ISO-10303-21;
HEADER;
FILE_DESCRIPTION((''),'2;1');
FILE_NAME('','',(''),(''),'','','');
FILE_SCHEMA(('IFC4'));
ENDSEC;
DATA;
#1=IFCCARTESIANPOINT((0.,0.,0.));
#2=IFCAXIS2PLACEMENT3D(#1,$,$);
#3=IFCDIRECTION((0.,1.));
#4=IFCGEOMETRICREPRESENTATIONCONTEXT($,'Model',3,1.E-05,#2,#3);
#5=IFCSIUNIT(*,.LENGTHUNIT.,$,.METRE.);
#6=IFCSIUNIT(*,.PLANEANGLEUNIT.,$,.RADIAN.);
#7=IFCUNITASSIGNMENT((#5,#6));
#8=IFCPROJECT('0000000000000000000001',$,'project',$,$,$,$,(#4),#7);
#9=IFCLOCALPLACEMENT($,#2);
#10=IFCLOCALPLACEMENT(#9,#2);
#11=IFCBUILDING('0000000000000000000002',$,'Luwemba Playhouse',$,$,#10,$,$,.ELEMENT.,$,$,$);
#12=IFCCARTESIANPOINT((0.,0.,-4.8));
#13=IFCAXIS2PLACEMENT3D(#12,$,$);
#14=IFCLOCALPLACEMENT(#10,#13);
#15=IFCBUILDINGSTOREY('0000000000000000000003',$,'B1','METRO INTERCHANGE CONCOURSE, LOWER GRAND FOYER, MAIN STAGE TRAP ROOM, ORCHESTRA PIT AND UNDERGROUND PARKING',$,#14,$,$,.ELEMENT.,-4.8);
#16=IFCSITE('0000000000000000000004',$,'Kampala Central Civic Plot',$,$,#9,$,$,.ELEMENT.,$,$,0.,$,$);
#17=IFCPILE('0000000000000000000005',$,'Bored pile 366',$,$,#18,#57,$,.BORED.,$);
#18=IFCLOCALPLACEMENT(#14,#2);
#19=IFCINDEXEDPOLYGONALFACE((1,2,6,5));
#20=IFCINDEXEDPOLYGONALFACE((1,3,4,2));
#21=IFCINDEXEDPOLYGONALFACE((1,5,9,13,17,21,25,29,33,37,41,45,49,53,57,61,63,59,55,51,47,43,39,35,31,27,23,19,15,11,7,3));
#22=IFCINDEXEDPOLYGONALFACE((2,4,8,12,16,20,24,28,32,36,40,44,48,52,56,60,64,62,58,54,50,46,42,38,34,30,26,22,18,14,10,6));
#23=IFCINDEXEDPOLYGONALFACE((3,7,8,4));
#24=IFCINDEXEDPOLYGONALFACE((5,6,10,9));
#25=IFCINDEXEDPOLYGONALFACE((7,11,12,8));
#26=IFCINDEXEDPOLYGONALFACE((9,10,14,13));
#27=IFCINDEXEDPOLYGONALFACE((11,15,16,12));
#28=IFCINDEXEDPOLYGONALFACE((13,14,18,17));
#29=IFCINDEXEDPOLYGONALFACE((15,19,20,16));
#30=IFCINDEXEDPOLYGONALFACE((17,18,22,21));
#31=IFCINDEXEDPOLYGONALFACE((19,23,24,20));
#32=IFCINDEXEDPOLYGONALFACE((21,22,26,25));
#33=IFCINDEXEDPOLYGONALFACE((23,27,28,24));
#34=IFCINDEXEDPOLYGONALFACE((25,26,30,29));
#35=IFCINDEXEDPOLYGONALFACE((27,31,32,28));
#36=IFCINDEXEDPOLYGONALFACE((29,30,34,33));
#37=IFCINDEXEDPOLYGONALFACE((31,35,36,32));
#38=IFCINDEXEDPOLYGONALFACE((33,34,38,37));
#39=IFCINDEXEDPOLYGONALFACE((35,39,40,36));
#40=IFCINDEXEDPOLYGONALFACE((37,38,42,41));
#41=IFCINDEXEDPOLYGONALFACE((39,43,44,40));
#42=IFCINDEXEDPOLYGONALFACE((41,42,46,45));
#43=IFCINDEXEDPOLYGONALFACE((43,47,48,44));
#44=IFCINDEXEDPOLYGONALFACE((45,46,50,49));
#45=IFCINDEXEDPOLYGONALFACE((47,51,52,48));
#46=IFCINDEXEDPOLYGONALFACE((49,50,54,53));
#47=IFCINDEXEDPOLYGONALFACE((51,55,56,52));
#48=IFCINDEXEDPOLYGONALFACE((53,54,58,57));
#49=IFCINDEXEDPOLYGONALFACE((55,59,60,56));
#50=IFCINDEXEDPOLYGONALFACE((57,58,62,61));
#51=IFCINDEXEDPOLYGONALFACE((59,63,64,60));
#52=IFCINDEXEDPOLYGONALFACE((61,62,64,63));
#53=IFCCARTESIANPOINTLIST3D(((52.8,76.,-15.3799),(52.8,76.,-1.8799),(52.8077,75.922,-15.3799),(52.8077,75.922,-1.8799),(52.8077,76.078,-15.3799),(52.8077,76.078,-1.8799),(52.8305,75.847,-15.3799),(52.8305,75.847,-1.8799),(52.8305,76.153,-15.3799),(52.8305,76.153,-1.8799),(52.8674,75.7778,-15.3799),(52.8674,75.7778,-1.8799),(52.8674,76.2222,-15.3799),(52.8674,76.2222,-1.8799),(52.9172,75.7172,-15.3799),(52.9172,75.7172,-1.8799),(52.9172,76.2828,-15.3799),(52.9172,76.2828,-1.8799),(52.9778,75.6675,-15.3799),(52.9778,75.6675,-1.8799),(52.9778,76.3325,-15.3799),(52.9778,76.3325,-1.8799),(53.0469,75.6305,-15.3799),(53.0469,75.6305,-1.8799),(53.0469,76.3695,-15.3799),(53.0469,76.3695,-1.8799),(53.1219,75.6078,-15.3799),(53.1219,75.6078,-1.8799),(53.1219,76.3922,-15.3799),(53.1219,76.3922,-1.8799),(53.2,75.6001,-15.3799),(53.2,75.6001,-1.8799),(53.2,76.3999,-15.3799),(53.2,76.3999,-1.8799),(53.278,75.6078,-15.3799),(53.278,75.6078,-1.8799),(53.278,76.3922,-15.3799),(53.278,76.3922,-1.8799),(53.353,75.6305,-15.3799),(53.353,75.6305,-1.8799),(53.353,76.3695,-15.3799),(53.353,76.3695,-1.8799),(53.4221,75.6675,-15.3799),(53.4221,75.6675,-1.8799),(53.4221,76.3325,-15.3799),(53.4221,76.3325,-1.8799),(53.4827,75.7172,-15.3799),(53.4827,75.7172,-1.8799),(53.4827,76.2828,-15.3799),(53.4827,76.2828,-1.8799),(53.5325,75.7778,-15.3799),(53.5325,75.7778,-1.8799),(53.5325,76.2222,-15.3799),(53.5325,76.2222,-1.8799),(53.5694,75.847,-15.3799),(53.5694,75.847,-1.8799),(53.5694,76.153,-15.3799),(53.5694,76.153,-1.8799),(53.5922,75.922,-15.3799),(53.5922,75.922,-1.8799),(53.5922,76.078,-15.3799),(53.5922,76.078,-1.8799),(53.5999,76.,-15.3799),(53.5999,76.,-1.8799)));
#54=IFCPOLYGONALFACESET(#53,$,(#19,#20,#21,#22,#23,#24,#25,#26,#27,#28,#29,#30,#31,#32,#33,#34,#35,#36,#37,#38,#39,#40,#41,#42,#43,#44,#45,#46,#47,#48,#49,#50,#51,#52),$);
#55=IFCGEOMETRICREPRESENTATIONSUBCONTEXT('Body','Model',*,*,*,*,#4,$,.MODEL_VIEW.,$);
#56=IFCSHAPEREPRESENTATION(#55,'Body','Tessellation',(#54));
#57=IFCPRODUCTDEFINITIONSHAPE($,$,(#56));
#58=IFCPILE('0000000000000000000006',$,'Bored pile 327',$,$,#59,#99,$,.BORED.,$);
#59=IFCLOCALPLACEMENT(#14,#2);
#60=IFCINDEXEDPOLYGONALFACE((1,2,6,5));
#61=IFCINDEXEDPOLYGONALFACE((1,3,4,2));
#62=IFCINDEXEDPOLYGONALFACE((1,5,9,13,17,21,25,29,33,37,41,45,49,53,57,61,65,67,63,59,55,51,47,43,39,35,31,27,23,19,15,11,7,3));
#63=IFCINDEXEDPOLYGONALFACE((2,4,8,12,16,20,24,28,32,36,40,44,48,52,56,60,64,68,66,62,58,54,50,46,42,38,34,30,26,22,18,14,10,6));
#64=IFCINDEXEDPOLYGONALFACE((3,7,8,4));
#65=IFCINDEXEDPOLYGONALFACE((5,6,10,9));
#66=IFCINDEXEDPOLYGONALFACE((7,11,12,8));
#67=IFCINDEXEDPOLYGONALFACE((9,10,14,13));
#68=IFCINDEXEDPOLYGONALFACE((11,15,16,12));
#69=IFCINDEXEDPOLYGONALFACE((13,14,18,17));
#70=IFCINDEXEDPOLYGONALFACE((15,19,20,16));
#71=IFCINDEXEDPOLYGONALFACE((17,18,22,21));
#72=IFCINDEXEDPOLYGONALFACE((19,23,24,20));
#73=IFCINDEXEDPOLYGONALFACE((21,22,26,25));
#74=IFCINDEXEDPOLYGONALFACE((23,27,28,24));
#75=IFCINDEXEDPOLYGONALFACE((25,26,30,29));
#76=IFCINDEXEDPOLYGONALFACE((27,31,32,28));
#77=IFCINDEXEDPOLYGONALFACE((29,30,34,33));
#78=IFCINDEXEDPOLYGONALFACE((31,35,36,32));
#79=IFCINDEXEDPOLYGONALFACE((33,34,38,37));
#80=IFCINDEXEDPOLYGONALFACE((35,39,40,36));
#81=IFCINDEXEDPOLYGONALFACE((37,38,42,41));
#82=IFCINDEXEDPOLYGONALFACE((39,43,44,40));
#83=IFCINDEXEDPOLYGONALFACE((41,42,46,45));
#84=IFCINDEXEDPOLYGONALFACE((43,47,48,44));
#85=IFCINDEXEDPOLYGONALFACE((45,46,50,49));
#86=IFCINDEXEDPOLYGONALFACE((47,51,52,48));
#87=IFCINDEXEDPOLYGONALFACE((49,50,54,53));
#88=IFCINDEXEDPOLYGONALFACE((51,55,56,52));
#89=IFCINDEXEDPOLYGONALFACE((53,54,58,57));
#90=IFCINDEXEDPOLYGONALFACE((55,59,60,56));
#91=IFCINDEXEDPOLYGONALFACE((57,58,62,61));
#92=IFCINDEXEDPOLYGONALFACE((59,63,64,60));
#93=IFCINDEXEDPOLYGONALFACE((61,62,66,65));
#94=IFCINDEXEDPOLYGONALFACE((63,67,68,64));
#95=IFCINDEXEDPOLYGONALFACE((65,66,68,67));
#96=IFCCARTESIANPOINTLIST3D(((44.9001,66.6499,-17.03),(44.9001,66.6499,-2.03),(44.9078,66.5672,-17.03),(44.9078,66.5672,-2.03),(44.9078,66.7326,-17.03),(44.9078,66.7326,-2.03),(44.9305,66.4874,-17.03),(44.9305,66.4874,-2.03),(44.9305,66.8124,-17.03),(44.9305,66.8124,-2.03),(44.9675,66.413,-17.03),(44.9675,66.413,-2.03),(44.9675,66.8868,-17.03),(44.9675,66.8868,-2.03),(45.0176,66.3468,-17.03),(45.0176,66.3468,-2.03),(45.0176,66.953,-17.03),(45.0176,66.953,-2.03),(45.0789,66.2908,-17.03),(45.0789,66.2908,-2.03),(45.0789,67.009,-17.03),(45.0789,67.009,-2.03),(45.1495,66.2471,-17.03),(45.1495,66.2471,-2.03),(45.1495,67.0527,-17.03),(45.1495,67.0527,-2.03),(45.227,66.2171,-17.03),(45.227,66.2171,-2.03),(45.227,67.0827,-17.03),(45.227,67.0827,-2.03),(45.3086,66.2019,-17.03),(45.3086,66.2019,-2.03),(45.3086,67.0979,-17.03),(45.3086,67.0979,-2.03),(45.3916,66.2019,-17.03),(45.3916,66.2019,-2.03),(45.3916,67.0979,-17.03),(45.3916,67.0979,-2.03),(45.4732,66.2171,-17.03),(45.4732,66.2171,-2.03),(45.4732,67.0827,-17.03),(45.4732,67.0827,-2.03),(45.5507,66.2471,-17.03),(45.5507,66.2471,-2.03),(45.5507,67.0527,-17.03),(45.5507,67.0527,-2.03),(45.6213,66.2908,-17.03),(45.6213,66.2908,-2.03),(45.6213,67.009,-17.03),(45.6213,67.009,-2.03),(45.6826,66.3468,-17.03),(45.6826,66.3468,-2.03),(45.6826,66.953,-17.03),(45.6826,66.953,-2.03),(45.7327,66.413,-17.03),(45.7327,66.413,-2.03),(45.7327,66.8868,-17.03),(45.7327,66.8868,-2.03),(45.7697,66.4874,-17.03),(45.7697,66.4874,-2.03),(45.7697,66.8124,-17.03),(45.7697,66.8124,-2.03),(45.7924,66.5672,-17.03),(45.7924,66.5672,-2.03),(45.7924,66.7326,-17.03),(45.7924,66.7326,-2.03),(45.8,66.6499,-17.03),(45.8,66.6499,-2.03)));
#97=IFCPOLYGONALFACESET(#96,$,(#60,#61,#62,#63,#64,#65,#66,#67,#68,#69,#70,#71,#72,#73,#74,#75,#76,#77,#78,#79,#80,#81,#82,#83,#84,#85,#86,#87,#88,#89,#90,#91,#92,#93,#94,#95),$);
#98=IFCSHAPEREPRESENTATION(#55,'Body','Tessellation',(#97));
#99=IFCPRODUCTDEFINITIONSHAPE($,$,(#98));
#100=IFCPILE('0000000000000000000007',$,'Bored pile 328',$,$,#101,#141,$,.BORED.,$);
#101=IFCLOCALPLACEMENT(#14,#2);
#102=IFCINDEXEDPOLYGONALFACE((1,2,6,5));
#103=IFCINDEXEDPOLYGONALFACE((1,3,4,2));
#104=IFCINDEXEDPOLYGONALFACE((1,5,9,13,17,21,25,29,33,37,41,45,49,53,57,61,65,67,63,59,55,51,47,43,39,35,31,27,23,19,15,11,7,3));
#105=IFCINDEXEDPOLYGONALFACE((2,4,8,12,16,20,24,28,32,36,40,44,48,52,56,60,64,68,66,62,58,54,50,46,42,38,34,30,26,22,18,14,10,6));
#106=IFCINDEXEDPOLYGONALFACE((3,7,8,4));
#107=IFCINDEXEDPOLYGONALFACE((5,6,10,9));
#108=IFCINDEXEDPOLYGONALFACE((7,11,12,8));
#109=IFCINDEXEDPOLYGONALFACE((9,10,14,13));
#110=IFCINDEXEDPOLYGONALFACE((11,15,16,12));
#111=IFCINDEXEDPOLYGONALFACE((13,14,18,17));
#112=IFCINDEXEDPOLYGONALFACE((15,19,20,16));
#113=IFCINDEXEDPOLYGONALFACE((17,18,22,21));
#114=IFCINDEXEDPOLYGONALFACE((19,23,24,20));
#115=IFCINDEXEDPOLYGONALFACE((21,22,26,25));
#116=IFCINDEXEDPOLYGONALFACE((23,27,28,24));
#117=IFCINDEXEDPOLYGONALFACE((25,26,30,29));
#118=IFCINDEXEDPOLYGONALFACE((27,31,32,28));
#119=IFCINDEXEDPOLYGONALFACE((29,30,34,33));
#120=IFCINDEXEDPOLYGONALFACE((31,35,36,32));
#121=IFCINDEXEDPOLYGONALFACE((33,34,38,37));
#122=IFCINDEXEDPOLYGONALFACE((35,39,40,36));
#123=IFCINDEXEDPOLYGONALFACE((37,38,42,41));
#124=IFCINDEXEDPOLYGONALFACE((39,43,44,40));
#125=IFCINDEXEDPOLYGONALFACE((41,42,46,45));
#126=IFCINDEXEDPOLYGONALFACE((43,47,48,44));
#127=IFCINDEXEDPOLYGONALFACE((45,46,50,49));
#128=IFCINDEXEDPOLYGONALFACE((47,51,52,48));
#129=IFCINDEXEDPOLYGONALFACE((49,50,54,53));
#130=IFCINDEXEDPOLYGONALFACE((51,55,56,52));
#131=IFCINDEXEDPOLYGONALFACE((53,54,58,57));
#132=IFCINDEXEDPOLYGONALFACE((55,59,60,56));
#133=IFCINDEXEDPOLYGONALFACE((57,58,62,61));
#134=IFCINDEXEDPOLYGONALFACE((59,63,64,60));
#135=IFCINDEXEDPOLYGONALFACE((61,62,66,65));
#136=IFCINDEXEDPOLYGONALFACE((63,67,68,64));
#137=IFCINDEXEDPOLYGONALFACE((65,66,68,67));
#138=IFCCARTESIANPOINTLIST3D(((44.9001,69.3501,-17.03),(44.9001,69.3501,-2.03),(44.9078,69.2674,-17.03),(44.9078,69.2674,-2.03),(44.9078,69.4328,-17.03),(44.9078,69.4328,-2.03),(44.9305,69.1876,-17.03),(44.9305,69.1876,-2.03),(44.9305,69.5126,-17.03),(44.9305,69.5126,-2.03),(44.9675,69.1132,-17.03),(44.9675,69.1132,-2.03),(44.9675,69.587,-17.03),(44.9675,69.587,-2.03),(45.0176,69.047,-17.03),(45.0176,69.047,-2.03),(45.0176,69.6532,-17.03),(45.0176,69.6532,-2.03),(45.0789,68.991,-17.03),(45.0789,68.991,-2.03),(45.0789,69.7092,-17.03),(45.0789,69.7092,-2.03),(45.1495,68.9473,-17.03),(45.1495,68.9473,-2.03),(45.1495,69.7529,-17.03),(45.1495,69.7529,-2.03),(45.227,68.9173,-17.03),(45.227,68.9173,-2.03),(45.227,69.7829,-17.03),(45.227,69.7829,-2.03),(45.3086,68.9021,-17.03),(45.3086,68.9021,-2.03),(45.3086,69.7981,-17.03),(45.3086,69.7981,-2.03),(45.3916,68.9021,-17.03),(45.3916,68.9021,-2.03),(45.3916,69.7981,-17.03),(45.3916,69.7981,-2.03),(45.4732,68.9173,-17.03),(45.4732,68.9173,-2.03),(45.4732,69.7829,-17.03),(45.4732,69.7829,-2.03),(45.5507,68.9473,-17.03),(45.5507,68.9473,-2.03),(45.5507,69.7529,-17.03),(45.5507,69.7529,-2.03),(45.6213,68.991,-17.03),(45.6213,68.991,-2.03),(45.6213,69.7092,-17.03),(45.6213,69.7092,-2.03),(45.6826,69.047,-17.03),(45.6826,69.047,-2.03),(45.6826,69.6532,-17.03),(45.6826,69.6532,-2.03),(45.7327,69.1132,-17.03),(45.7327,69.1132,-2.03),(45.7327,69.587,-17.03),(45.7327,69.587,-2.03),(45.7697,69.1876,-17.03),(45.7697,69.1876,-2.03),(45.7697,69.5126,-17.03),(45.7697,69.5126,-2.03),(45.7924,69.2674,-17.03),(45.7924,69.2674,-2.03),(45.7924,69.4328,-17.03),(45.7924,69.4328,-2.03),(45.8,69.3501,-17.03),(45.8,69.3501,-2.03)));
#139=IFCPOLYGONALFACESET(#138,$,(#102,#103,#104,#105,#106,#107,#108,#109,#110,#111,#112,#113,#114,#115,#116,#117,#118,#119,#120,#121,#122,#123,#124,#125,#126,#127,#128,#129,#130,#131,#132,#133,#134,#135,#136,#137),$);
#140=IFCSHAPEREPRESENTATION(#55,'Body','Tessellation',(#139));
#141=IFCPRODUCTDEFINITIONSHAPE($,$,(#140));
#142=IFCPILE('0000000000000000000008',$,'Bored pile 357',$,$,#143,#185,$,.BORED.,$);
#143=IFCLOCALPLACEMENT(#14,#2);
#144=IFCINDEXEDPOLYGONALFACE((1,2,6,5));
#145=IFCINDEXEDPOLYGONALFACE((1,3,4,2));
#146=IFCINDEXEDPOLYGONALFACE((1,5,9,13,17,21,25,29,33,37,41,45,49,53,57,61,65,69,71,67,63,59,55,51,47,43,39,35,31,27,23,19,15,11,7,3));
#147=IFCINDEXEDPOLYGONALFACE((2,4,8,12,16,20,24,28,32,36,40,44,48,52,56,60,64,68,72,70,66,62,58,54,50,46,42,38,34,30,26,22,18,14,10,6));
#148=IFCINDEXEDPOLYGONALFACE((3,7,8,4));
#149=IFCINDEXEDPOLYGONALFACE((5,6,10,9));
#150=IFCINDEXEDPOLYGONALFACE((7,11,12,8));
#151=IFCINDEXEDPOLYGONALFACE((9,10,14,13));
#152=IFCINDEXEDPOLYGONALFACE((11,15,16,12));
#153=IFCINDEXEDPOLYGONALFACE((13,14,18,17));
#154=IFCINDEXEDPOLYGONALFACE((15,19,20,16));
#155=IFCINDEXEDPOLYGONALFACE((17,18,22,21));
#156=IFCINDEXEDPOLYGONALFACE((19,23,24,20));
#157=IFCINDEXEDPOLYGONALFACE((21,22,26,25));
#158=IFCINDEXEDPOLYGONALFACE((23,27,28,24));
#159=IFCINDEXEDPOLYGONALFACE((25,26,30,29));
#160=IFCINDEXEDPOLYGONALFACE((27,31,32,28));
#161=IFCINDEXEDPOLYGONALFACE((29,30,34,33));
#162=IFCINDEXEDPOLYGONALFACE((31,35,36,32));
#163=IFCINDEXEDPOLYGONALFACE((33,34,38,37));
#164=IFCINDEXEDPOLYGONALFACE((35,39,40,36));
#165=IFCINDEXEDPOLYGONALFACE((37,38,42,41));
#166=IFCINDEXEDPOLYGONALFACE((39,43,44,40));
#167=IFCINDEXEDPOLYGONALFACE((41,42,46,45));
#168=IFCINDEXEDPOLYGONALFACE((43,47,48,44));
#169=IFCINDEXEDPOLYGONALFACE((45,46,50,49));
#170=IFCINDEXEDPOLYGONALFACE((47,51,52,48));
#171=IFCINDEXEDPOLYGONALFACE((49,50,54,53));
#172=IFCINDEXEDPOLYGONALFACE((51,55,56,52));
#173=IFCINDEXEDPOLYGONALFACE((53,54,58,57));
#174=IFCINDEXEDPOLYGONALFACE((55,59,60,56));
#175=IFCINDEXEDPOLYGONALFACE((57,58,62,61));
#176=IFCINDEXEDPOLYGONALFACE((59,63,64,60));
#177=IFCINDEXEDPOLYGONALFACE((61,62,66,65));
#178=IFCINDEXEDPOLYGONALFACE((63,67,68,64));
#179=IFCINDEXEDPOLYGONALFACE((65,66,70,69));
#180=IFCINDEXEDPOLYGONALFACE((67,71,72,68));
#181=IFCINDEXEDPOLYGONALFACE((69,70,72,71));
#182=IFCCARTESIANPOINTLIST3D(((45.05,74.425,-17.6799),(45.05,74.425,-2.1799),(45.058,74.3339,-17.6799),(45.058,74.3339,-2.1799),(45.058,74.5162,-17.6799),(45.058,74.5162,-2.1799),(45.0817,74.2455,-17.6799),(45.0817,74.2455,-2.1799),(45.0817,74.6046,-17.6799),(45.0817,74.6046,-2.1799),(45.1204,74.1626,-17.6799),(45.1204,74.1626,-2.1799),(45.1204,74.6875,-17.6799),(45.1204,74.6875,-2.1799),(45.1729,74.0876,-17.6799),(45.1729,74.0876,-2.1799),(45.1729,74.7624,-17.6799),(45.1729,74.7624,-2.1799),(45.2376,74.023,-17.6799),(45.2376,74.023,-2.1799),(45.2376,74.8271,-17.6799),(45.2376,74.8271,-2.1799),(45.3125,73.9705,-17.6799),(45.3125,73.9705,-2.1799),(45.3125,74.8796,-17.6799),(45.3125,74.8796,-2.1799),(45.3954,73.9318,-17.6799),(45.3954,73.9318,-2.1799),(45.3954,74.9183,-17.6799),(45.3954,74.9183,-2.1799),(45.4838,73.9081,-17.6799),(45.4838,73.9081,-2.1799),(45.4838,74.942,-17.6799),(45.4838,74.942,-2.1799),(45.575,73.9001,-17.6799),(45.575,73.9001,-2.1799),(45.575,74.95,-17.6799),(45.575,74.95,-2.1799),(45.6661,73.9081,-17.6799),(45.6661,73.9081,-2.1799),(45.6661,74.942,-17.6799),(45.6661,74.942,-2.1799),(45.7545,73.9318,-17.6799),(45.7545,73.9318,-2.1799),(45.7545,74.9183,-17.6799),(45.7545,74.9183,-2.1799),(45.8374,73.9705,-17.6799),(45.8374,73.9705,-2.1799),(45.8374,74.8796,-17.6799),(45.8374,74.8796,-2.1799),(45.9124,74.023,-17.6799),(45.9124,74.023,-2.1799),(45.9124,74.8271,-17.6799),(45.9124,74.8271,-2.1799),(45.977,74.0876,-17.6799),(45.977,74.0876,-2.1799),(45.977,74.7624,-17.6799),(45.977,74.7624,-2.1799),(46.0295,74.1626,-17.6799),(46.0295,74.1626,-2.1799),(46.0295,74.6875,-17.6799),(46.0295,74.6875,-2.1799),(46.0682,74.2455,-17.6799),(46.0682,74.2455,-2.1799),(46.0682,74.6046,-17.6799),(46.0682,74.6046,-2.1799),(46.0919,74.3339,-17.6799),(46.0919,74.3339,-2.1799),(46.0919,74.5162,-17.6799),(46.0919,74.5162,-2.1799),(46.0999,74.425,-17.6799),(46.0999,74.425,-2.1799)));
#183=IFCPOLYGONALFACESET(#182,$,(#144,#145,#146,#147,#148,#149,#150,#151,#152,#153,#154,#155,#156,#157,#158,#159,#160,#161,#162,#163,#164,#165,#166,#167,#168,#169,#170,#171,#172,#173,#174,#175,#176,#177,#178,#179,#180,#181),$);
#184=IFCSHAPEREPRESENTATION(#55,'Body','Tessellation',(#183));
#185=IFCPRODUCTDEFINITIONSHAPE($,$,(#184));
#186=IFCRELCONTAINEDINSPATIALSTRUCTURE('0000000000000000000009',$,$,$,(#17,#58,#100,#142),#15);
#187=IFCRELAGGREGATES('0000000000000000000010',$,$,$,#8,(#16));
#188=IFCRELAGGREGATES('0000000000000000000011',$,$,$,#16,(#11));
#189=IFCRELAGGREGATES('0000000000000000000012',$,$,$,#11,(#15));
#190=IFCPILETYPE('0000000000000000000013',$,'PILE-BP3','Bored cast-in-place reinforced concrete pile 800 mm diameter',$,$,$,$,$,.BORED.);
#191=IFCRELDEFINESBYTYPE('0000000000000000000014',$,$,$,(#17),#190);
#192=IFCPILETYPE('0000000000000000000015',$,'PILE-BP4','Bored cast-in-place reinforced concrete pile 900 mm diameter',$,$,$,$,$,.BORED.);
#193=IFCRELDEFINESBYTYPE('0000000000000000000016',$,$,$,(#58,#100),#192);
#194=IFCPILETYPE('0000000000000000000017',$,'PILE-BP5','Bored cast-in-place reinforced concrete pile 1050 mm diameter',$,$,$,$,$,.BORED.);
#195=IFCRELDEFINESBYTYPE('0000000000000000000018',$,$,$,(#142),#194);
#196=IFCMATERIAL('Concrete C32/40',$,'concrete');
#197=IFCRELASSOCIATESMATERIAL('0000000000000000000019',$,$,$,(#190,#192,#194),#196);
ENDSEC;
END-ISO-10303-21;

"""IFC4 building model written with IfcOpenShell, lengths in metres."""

from ifc_helpers import new_model, si_unit, direction, frame, origin, origin_2d, place, context, subcontext, project, spatial, circle, extrude, material, material_profile, profile_set, type_object, element, save


model = new_model("IFC4")

# Units and contexts
model_context = context("Model", 3, precision=1e-05, world=origin(), true_north=direction((0.0, 1.0)))
body_context = subcontext(model_context, "Body", "Model", "MODEL_VIEW")
ifc_project = project(units=[si_unit("LENGTHUNIT", "METRE"), si_unit("PLANEANGLEUNIT", "RADIAN")], contexts=[model_context])

# Site, building, storey
site_placement = place(None, origin())
site = spatial("IfcSite", under=ifc_project, at=site_placement, Name="Kampala Central Civic Plot", CompositionType="ELEMENT", RefElevation=0.0)
building_placement = place(site_placement, origin())
building = spatial("IfcBuilding", under=site, at=building_placement, Name="Luwemba Playhouse", CompositionType="ELEMENT")
storey_placement = place(building_placement, frame((0.0, 0.0, -4.8)))
storey = spatial("IfcBuildingStorey", under=building, at=storey_placement, Name="B1", Description="METRO INTERCHANGE CONCOURSE, LOWER GRAND FOYER, MAIN STAGE TRAP ROOM, ORCHESTRA PIT AND UNDERGROUND PARKING", CompositionType="ELEMENT", Elevation=-4.8)

# Shared definitions
ifc_material_1 = material(Name="Concrete C32/40", Category="concrete")

# Piles
ifc_material_profile_1 = material_profile(ifc_material_1, circle(Radius=0.3999, at=origin_2d()))
ifc_profile_set_1 = profile_set([ifc_material_profile_1], Name="Concrete C32/40")
pile_type_1 = type_object("IfcPileType", Name="PILE-BP3", Description="Bored cast-in-place reinforced concrete pile 800 mm diameter", PredefinedType="BORED", material=ifc_profile_set_1)
for number, where, z_axis, x_axis, name in (
    (1, (53.2, 76.0, -1.8799), (0.0, 0.0, -1.0), (1.0, 0.0, 0.0), "Bored pile 366"),
):
    element("IfcPile", number, at=place(storey_placement, frame(where, z_axis=z_axis, x_axis=x_axis)), inside=storey, type_object=pile_type_1, Name=name, PredefinedType="BORED", context=body_context, shape_type="SweptSolid", body=[
        extrude(circle(Radius=0.3999, at=origin_2d()), origin(), (0.0, 0.0, 1.0), 13.5),
    ])
ifc_material_profile_2 = material_profile(ifc_material_1, circle(Radius=0.45, at=origin_2d()))
ifc_profile_set_2 = profile_set([ifc_material_profile_2], Name="Concrete C32/40")
pile_type_2 = type_object("IfcPileType", Name="PILE-BP4", Description="Bored cast-in-place reinforced concrete pile 900 mm diameter", PredefinedType="BORED", material=ifc_profile_set_2)
for number, where, z_axis, x_axis, name in (
    (2, (45.3501, 66.6499, -2.03), (0.0, 0.0, -1.0), (1.0, 0.0, 0.0), "Bored pile 327"),
    (3, (45.3501, 69.3501, -2.03), (0.0, 0.0, -1.0), (1.0, 0.0, 0.0), "Bored pile 328"),
):
    element("IfcPile", number, at=place(storey_placement, frame(where, z_axis=z_axis, x_axis=x_axis)), inside=storey, type_object=pile_type_2, Name=name, PredefinedType="BORED", context=body_context, shape_type="SweptSolid", body=[
        extrude(circle(Radius=0.45, at=origin_2d()), origin(), (0.0, 0.0, 1.0), 15.0),
    ])
ifc_material_profile_3 = material_profile(ifc_material_1, circle(Radius=0.5249, at=origin_2d()))
ifc_profile_set_3 = profile_set([ifc_material_profile_3], Name="Concrete C32/40")
pile_type_3 = type_object("IfcPileType", Name="PILE-BP5", Description="Bored cast-in-place reinforced concrete pile 1050 mm diameter", PredefinedType="BORED", material=ifc_profile_set_3)
for number, where, z_axis, x_axis, name in (
    (4, (45.575, 74.425, -2.1799), (0.0, 0.0, -1.0), (1.0, 0.0, 0.0), "Bored pile 357"),
):
    element("IfcPile", number, at=place(storey_placement, frame(where, z_axis=z_axis, x_axis=x_axis)), inside=storey, type_object=pile_type_3, Name=name, PredefinedType="BORED", context=body_context, shape_type="SweptSolid", body=[
        extrude(circle(Radius=0.5249, at=origin_2d()), origin(), (0.0, 0.0, 1.0), 15.5),
    ])

save(model, "model.ifc")
